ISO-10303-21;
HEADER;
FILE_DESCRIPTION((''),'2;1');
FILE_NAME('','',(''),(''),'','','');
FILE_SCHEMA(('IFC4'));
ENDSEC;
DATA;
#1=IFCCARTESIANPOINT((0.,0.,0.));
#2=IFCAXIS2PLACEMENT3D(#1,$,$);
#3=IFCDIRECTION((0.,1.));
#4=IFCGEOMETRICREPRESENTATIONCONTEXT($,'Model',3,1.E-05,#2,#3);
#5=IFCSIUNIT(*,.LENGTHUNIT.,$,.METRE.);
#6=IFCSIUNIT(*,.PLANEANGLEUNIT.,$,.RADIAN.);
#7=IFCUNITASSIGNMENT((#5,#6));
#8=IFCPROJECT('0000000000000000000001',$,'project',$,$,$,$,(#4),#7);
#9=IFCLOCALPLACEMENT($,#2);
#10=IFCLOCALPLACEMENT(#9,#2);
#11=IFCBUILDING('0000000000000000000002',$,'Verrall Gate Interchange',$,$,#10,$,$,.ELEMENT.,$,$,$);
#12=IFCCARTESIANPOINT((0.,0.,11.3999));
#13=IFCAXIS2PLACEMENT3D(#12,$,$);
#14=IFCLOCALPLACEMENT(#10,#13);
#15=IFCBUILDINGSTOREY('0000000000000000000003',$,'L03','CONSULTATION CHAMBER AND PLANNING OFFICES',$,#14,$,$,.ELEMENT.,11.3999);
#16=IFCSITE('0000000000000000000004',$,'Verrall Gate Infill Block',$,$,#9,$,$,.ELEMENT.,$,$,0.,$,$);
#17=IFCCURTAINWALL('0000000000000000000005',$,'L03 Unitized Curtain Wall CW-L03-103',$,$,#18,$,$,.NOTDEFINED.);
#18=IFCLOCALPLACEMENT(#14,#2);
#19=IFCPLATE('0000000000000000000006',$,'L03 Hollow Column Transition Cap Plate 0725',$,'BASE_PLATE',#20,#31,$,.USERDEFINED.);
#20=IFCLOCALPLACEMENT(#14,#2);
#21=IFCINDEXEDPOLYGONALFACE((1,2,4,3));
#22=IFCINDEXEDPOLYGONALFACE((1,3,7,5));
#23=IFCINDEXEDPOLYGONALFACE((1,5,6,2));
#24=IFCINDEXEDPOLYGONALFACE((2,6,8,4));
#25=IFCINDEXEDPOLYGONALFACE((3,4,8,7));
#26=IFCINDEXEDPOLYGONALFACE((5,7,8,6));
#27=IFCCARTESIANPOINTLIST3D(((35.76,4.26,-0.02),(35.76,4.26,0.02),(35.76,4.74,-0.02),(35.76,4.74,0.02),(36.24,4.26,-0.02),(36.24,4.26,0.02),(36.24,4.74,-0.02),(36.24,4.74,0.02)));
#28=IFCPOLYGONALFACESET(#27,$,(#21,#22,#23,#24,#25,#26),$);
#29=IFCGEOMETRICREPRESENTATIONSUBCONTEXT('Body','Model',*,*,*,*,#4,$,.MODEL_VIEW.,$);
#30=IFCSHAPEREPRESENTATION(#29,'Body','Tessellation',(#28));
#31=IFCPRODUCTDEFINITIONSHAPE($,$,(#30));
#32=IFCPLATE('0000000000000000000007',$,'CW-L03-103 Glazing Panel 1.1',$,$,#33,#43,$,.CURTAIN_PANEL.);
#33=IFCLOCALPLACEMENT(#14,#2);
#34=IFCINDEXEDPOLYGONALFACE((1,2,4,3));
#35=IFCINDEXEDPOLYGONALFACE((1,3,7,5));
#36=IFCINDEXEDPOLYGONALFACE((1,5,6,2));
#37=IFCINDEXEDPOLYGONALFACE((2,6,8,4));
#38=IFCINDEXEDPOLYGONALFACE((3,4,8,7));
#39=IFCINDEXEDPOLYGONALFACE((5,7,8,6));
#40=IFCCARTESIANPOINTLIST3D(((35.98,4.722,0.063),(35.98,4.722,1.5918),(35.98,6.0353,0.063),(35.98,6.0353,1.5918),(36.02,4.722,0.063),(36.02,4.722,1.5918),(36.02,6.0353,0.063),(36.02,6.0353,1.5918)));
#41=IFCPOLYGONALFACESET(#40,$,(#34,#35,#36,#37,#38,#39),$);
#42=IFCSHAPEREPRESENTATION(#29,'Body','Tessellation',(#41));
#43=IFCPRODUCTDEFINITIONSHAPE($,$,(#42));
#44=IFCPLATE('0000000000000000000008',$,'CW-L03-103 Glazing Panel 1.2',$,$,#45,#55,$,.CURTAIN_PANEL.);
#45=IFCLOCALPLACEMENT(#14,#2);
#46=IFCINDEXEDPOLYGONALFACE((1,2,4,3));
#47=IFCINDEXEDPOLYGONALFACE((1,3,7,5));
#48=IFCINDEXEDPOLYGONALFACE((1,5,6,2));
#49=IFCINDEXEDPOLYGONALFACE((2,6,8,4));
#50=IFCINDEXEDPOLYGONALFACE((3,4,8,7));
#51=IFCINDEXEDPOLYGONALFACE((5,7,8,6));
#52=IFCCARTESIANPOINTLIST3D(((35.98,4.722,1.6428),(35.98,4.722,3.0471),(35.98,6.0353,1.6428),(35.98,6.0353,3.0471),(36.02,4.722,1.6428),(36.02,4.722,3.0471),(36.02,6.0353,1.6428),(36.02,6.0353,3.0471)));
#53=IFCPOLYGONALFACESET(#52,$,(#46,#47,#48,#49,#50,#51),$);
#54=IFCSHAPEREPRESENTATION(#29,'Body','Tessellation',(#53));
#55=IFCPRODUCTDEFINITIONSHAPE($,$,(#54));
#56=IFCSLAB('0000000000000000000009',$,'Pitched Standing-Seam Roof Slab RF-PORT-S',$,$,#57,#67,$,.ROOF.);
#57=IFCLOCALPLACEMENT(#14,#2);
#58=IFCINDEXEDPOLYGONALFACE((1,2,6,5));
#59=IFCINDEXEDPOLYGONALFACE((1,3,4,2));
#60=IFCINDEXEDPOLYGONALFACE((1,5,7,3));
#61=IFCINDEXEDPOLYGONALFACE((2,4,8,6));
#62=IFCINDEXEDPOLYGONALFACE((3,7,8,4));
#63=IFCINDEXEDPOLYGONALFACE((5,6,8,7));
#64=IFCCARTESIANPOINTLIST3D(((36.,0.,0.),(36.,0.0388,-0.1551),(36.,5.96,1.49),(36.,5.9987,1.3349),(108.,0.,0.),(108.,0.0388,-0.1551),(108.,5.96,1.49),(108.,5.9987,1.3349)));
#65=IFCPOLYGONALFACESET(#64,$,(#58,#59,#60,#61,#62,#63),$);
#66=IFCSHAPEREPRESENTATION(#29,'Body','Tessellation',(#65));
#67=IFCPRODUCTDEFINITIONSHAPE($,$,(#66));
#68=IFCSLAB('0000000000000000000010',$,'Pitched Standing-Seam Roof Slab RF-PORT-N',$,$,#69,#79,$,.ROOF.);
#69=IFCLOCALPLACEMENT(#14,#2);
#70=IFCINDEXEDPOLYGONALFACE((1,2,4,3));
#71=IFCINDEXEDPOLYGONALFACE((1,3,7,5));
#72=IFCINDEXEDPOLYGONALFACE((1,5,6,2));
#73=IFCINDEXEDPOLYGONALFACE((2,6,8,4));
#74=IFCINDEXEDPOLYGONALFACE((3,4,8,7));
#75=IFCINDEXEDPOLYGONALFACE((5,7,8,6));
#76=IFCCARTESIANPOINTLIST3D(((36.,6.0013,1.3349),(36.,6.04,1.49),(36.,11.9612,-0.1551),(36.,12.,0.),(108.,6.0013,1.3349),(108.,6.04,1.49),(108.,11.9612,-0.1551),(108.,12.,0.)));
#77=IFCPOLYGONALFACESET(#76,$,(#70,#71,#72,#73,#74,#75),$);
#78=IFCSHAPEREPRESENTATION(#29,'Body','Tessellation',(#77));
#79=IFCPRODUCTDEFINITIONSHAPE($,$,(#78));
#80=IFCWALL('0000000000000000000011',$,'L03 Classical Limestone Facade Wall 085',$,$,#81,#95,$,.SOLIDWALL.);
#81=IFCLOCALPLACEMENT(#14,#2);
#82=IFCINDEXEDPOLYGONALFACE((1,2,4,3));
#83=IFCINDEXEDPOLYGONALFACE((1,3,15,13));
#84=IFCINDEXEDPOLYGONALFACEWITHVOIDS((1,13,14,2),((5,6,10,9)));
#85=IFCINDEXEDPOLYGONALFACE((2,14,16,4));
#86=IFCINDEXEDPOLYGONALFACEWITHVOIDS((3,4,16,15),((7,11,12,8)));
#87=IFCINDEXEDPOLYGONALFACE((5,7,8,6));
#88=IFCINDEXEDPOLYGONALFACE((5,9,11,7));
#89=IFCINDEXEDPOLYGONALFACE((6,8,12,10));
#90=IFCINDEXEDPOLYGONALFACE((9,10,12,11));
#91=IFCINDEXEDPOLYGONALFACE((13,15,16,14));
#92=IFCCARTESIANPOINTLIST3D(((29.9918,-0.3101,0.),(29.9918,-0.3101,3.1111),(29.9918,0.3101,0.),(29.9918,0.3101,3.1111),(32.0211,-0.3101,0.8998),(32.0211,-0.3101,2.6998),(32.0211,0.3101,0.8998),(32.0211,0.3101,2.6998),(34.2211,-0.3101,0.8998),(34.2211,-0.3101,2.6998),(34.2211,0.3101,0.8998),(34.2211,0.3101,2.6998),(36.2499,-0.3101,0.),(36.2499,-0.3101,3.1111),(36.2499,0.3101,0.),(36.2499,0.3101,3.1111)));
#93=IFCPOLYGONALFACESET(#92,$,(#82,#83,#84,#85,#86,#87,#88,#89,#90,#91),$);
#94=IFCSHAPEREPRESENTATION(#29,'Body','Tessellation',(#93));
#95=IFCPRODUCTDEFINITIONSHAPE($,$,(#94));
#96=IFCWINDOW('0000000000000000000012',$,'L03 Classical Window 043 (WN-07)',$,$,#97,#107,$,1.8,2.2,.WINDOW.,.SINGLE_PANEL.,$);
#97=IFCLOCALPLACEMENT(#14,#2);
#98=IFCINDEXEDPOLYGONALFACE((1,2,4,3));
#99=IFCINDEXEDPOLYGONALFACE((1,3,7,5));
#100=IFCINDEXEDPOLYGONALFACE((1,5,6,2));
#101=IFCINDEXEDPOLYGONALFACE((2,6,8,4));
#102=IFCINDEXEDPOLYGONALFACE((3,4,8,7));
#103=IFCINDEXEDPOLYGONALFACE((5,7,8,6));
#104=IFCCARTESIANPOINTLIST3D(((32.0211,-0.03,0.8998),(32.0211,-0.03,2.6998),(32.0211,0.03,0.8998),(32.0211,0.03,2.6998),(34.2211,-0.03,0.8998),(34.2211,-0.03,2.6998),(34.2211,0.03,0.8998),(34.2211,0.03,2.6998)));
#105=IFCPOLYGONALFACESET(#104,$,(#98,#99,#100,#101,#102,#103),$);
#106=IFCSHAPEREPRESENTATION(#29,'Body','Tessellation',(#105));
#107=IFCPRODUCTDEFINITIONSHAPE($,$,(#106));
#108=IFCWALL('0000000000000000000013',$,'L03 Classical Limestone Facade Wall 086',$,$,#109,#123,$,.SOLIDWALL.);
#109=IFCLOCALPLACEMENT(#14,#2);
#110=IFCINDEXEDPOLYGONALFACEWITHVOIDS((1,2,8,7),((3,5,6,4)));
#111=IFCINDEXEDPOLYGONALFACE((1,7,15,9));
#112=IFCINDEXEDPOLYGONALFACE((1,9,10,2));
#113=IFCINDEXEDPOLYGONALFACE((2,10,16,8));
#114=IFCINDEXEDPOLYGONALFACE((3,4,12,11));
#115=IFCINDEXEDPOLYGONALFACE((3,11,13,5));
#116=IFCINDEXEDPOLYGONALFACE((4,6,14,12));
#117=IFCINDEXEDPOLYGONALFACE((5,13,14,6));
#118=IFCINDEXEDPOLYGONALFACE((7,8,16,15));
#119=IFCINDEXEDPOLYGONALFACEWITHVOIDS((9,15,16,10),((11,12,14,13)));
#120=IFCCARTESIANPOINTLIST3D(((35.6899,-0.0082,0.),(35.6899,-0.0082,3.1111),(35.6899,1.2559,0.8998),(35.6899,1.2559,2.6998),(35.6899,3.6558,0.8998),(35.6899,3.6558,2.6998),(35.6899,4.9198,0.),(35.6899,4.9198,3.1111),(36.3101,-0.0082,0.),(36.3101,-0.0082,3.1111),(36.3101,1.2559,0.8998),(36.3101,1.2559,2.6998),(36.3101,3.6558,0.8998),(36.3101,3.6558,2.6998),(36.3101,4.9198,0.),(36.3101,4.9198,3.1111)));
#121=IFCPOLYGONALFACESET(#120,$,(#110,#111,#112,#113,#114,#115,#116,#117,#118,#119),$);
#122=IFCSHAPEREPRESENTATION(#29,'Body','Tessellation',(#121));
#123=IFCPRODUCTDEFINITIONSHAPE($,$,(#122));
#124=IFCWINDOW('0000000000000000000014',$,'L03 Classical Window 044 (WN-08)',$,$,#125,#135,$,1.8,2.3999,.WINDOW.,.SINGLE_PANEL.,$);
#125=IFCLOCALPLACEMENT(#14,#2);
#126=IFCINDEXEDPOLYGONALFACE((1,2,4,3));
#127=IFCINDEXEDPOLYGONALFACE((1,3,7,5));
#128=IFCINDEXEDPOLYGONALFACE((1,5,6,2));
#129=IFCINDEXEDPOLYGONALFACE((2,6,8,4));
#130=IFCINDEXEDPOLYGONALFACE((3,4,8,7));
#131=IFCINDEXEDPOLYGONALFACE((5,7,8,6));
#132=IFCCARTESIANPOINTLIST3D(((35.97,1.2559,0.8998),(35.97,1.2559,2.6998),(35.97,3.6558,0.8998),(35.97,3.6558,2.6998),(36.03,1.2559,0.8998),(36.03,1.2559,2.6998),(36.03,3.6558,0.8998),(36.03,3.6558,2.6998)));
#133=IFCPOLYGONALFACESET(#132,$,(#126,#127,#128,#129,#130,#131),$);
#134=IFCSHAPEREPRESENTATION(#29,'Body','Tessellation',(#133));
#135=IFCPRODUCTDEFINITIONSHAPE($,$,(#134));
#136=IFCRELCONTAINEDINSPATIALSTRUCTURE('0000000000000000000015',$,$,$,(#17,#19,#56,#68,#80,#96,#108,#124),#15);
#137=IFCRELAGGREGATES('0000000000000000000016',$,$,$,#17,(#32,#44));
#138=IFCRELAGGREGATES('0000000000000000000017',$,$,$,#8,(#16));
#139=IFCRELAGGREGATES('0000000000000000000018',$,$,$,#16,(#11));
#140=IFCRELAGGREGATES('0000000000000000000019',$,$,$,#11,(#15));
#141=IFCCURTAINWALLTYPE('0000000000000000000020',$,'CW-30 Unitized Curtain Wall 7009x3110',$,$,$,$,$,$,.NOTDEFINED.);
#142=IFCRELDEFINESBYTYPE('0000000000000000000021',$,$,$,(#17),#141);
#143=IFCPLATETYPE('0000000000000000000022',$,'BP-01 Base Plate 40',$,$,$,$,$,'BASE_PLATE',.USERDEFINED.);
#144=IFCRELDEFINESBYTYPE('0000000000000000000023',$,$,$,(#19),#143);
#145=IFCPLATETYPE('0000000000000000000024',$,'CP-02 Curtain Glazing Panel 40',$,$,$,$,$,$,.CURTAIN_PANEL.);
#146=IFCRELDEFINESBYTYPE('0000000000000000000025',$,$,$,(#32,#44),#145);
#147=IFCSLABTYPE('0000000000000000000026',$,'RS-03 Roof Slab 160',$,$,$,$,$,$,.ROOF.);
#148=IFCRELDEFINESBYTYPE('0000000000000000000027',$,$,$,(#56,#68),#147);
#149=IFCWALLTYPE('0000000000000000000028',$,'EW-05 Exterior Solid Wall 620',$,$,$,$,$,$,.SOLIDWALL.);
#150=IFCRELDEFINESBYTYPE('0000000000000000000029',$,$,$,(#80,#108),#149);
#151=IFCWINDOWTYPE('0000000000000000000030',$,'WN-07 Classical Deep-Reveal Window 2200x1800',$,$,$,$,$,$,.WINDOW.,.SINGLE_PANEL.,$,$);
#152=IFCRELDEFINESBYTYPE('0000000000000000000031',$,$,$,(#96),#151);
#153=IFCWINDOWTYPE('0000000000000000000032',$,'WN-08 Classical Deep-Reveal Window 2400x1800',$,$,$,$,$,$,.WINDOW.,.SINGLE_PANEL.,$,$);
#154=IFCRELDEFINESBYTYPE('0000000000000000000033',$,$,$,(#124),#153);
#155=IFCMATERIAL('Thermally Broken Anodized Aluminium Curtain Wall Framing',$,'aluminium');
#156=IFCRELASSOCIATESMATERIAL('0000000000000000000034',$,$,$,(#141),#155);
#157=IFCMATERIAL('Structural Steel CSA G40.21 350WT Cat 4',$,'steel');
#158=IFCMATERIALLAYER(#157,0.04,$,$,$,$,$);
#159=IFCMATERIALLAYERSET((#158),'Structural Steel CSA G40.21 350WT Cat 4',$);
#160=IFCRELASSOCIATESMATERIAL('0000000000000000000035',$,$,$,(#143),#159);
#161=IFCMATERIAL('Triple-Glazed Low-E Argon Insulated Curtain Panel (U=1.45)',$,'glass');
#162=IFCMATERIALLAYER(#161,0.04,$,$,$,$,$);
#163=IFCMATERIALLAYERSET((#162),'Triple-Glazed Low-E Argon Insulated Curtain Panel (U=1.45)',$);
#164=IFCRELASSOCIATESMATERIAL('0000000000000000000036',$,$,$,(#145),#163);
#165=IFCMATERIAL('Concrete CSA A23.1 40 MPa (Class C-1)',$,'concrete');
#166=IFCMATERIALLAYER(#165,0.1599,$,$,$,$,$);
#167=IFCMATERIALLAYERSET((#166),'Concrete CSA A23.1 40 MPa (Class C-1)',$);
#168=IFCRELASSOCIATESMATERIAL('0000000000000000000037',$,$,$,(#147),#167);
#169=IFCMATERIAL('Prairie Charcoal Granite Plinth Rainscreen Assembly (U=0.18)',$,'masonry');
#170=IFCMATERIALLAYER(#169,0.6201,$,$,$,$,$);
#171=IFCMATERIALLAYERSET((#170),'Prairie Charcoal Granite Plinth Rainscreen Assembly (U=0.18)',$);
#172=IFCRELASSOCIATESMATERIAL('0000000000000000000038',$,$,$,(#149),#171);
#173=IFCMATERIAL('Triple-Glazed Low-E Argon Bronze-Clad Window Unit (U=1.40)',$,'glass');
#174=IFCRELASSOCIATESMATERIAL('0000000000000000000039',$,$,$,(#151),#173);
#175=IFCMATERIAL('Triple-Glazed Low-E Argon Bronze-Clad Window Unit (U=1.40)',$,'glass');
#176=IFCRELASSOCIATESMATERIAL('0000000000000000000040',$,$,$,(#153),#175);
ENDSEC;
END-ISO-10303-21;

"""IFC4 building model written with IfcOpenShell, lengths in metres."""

from ifc_helpers import new_model, si_unit, direction, frame, frame_2d, origin, origin_2d, place, context, subcontext, project, spatial, polyline, rectangle, outline, extrude, material, layer, layer_set, type_object, element, fill, aggregate, save


model = new_model("IFC4")

# Units and contexts
model_context = context("Model", 3, precision=1e-05, world=origin(), true_north=direction((0.0, 1.0)))
body_context = subcontext(model_context, "Body", "Model", "MODEL_VIEW")
ifc_project = project(units=[si_unit("LENGTHUNIT", "METRE"), si_unit("PLANEANGLEUNIT", "RADIAN")], contexts=[model_context])

# Site, building, storey
site_placement = place(None, origin())
site = spatial("IfcSite", under=ifc_project, at=site_placement, Name="Verrall Gate Infill Block", CompositionType="ELEMENT", RefElevation=0.0)
building_placement = place(site_placement, origin())
building = spatial("IfcBuilding", under=site, at=building_placement, Name="Verrall Gate Interchange", CompositionType="ELEMENT")
storey_placement = place(building_placement, frame((0.0, 0.0, 11.3999)))
storey = spatial("IfcBuildingStorey", under=building, at=storey_placement, Name="L03", Description="CONSULTATION CHAMBER AND PLANNING OFFICES", CompositionType="ELEMENT", Elevation=11.3999)

# Curtain wall
ifc_material_1 = material(Name="Thermally Broken Anodized Aluminium Curtain Wall Framing", Category="aluminium")
curtain_wall_type = type_object("IfcCurtainWallType", Name="CW-30 Unitized Curtain Wall 7009x3110", PredefinedType="NOTDEFINED", material=ifc_material_1)
curtain_wall_placement = place(storey_placement, origin())
curtain_wall = element("IfcCurtainWall", 1, at=curtain_wall_placement, inside=storey, type_object=curtain_wall_type, Name="L03 Unitized Curtain Wall CW-L03-103", PredefinedType="NOTDEFINED")

# Plate
ifc_material_2 = material(Name="Structural Steel CSA G40.21 350WT Cat 4", Category="steel")
ifc_layer_1 = layer(ifc_material_2, 0.04)
ifc_layer_set_1 = layer_set([ifc_layer_1], Name="Structural Steel CSA G40.21 350WT Cat 4")
plate_type_1 = type_object("IfcPlateType", Name="BP-01 Base Plate 40", ElementType="BASE_PLATE", PredefinedType="USERDEFINED", material=ifc_layer_set_1)
for number, where, z_axis, x_axis, name in (
    (2, (36.0, 4.5, -0.02), (0.0, 0.0, 1.0), (1.0, 0.0, 0.0), "L03 Hollow Column Transition Cap Plate 0725"),
):
    element("IfcPlate", number, at=place(storey_placement, frame(where, z_axis=z_axis, x_axis=x_axis)), inside=storey, type_object=plate_type_1, Name=name, ObjectType="BASE_PLATE", PredefinedType="USERDEFINED", context=body_context, shape_type="SweptSolid", body=[
        extrude(rectangle(XDim=0.48, YDim=0.48, at=origin_2d()), origin(), (0.0, 0.0, 1.0), 0.04),
    ])

# Plates
ifc_material_3 = material(Name="Triple-Glazed Low-E Argon Insulated Curtain Panel (U=1.45)", Category="glass")
ifc_layer_2 = layer(ifc_material_3, 0.04)
ifc_layer_set_2 = layer_set([ifc_layer_2], Name="Triple-Glazed Low-E Argon Insulated Curtain Panel (U=1.45)")
plate_type_2 = type_object("IfcPlateType", Name="CP-02 Curtain Glazing Panel 40", PredefinedType="CURTAIN_PANEL", material=ifc_layer_set_2)
plate_1_placement = place(storey_placement, frame((36.0, 5.3787, 0.063), z_axis=(0.0, 0.0, 1.0), x_axis=(0.0, 1.0, 0.0)))
plate_1 = element("IfcPlate", 3, at=plate_1_placement, type_object=plate_type_2, Name="CW-L03-103 Glazing Panel 1.1", PredefinedType="CURTAIN_PANEL", context=body_context, shape_type="SweptSolid", body=[
    extrude(rectangle(XDim=1.3132, YDim=0.04, at=origin_2d()), origin(), (0.0, 0.0, 1.0), 1.5288),
])
plate_2_placement = place(storey_placement, frame((36.0, 5.3787, 1.6428), z_axis=(0.0, 0.0, 1.0), x_axis=(0.0, 1.0, 0.0)))
plate_2 = element("IfcPlate", 4, at=plate_2_placement, type_object=plate_type_2, Name="CW-L03-103 Glazing Panel 1.2", PredefinedType="CURTAIN_PANEL", context=body_context, shape_type="SweptSolid", body=[
    extrude(rectangle(XDim=1.3132, YDim=0.04, at=origin_2d()), origin(), (0.0, 0.0, 1.0), 1.4043),
])
aggregate(curtain_wall, [plate_1, plate_2])

# Slabs
ifc_material_4 = material(Name="Concrete CSA A23.1 40 MPa (Class C-1)", Category="concrete")
ifc_layer_3 = layer(ifc_material_4, 0.1599)
ifc_layer_set_3 = layer_set([ifc_layer_3], Name="Concrete CSA A23.1 40 MPa (Class C-1)")
slab_type = type_object("IfcSlabType", Name="RS-03 Roof Slab 160", PredefinedType="ROOF", material=ifc_layer_set_3)
for number, where, z_axis, x_axis, name in (
    (5, (36.0, 0.0, 0.0), (0.0, -0.242536, 0.970143), (1.0, 0.0, 0.0), "Pitched Standing-Seam Roof Slab RF-PORT-S"),
    (6, (36.0, 6.04, 1.49), (0.0, 0.242536, 0.970143), (1.0, 0.0, 0.0), "Pitched Standing-Seam Roof Slab RF-PORT-N"),
):
    element("IfcSlab", number, at=place(storey_placement, frame(where, z_axis=z_axis, x_axis=x_axis)), inside=storey, type_object=slab_type, Name=name, PredefinedType="ROOF", context=body_context, shape_type="SweptSolid", body=[
        extrude(outline(polyline([(0.0, 0.0), (72.0, 0.0), (72.0, 6.1434), (0.0, 6.1434), (0.0, 0.0)])), origin(), (0.0, 0.0, -1.0), 0.1599),
    ])

# Walls, openings, windows
ifc_material_5 = material(Name="Prairie Charcoal Granite Plinth Rainscreen Assembly (U=0.18)", Category="masonry")
ifc_layer_4 = layer(ifc_material_5, 0.6201)
ifc_layer_set_4 = layer_set([ifc_layer_4], Name="Prairie Charcoal Granite Plinth Rainscreen Assembly (U=0.18)")
wall_type = type_object("IfcWallType", Name="EW-05 Exterior Solid Wall 620", PredefinedType="SOLIDWALL", material=ifc_layer_set_4)
wall_1_placement = place(storey_placement, frame((29.9919, 0.0, 0.0), z_axis=(0.0, 0.0, 1.0), x_axis=(1.0, 0.0, 0.0)))
wall_1 = element("IfcWall", 7, at=wall_1_placement, inside=storey, type_object=wall_type, Name="L03 Classical Limestone Facade Wall 085", PredefinedType="SOLIDWALL", context=body_context, shape_type="SweptSolid", body=[
    extrude(rectangle(XDim=6.2581, YDim=0.6201, at=frame_2d((3.1289, 0.0))), origin(), (0.0, 0.0, 1.0), 3.1111),
])
opening_1_placement = place(wall_1_placement, frame((2.0291, 0.0, 0.8999)))
opening_1 = element("IfcOpeningElement", 8, at=opening_1_placement, cuts=wall_1, PredefinedType="OPENING", context=body_context, shape_type="SweptSolid", body=[
    extrude(rectangle(XDim=2.2, YDim=1.8, at=frame_2d((1.1001, 0.8999))), frame((0.0, 0.325, 0.0), z_axis=(0.0, -1.0, 0.0), x_axis=(1.0, 0.0, 0.0)), (0.0, 0.0, 1.0), 0.6499),
])
ifc_material_6 = material(Name="Triple-Glazed Low-E Argon Bronze-Clad Window Unit (U=1.40)", Category="glass")
window_type_1 = type_object("IfcWindowType", Name="WN-07 Classical Deep-Reveal Window 2200x1800", PartitioningType="SINGLE_PANEL", PredefinedType="WINDOW", material=ifc_material_6)
window_1_placement = place(opening_1_placement, origin())
window_1 = element("IfcWindow", 9, at=window_1_placement, inside=storey, type_object=window_type_1, Name="L03 Classical Window 043 (WN-07)", OverallHeight=1.8, OverallWidth=2.2, PartitioningType="SINGLE_PANEL", PredefinedType="WINDOW", context=body_context, shape_type="SweptSolid", body=[
    extrude(rectangle(XDim=2.2, YDim=1.8, at=frame_2d((1.1001, 0.8999))), frame((0.0, 0.03, 0.0), z_axis=(0.0, -1.0, 0.0), x_axis=(1.0, 0.0, 0.0)), (0.0, 0.0, 1.0), 0.0601),
])
fill(opening_1, window_1)
wall_2_placement = place(storey_placement, frame((36.0, -0.0081, 0.0), z_axis=(0.0, 0.0, 1.0), x_axis=(0.0, 1.0, 0.0)))
wall_2 = element("IfcWall", 10, at=wall_2_placement, inside=storey, type_object=wall_type, Name="L03 Classical Limestone Facade Wall 086", PredefinedType="SOLIDWALL", context=body_context, shape_type="SweptSolid", body=[
    extrude(rectangle(XDim=4.928, YDim=0.6201, at=frame_2d((2.4639, 0.0))), origin(), (0.0, 0.0, 1.0), 3.1111),
])
opening_2_placement = place(wall_2_placement, frame((1.2639, 0.0, 0.8999)))
opening_2 = element("IfcOpeningElement", 11, at=opening_2_placement, cuts=wall_2, PredefinedType="OPENING", context=body_context, shape_type="SweptSolid", body=[
    extrude(rectangle(XDim=2.3999, YDim=1.8, at=frame_2d((1.2, 0.8999))), frame((0.0, 0.325, 0.0), z_axis=(0.0, -1.0, 0.0), x_axis=(1.0, 0.0, 0.0)), (0.0, 0.0, 1.0), 0.6499),
])
ifc_material_7 = material(Name="Triple-Glazed Low-E Argon Bronze-Clad Window Unit (U=1.40)", Category="glass")
window_type_2 = type_object("IfcWindowType", Name="WN-08 Classical Deep-Reveal Window 2400x1800", PartitioningType="SINGLE_PANEL", PredefinedType="WINDOW", material=ifc_material_7)
window_2_placement = place(opening_2_placement, origin())
window_2 = element("IfcWindow", 12, at=window_2_placement, inside=storey, type_object=window_type_2, Name="L03 Classical Window 044 (WN-08)", OverallHeight=1.8, OverallWidth=2.3999, PartitioningType="SINGLE_PANEL", PredefinedType="WINDOW", context=body_context, shape_type="SweptSolid", body=[
    extrude(rectangle(XDim=2.3999, YDim=1.8, at=frame_2d((1.2, 0.8999))), frame((0.0, 0.03, 0.0), z_axis=(0.0, -1.0, 0.0), x_axis=(1.0, 0.0, 0.0)), (0.0, 0.0, 1.0), 0.0601),
])
fill(opening_2, window_2)

save(model, "model.ifc")
